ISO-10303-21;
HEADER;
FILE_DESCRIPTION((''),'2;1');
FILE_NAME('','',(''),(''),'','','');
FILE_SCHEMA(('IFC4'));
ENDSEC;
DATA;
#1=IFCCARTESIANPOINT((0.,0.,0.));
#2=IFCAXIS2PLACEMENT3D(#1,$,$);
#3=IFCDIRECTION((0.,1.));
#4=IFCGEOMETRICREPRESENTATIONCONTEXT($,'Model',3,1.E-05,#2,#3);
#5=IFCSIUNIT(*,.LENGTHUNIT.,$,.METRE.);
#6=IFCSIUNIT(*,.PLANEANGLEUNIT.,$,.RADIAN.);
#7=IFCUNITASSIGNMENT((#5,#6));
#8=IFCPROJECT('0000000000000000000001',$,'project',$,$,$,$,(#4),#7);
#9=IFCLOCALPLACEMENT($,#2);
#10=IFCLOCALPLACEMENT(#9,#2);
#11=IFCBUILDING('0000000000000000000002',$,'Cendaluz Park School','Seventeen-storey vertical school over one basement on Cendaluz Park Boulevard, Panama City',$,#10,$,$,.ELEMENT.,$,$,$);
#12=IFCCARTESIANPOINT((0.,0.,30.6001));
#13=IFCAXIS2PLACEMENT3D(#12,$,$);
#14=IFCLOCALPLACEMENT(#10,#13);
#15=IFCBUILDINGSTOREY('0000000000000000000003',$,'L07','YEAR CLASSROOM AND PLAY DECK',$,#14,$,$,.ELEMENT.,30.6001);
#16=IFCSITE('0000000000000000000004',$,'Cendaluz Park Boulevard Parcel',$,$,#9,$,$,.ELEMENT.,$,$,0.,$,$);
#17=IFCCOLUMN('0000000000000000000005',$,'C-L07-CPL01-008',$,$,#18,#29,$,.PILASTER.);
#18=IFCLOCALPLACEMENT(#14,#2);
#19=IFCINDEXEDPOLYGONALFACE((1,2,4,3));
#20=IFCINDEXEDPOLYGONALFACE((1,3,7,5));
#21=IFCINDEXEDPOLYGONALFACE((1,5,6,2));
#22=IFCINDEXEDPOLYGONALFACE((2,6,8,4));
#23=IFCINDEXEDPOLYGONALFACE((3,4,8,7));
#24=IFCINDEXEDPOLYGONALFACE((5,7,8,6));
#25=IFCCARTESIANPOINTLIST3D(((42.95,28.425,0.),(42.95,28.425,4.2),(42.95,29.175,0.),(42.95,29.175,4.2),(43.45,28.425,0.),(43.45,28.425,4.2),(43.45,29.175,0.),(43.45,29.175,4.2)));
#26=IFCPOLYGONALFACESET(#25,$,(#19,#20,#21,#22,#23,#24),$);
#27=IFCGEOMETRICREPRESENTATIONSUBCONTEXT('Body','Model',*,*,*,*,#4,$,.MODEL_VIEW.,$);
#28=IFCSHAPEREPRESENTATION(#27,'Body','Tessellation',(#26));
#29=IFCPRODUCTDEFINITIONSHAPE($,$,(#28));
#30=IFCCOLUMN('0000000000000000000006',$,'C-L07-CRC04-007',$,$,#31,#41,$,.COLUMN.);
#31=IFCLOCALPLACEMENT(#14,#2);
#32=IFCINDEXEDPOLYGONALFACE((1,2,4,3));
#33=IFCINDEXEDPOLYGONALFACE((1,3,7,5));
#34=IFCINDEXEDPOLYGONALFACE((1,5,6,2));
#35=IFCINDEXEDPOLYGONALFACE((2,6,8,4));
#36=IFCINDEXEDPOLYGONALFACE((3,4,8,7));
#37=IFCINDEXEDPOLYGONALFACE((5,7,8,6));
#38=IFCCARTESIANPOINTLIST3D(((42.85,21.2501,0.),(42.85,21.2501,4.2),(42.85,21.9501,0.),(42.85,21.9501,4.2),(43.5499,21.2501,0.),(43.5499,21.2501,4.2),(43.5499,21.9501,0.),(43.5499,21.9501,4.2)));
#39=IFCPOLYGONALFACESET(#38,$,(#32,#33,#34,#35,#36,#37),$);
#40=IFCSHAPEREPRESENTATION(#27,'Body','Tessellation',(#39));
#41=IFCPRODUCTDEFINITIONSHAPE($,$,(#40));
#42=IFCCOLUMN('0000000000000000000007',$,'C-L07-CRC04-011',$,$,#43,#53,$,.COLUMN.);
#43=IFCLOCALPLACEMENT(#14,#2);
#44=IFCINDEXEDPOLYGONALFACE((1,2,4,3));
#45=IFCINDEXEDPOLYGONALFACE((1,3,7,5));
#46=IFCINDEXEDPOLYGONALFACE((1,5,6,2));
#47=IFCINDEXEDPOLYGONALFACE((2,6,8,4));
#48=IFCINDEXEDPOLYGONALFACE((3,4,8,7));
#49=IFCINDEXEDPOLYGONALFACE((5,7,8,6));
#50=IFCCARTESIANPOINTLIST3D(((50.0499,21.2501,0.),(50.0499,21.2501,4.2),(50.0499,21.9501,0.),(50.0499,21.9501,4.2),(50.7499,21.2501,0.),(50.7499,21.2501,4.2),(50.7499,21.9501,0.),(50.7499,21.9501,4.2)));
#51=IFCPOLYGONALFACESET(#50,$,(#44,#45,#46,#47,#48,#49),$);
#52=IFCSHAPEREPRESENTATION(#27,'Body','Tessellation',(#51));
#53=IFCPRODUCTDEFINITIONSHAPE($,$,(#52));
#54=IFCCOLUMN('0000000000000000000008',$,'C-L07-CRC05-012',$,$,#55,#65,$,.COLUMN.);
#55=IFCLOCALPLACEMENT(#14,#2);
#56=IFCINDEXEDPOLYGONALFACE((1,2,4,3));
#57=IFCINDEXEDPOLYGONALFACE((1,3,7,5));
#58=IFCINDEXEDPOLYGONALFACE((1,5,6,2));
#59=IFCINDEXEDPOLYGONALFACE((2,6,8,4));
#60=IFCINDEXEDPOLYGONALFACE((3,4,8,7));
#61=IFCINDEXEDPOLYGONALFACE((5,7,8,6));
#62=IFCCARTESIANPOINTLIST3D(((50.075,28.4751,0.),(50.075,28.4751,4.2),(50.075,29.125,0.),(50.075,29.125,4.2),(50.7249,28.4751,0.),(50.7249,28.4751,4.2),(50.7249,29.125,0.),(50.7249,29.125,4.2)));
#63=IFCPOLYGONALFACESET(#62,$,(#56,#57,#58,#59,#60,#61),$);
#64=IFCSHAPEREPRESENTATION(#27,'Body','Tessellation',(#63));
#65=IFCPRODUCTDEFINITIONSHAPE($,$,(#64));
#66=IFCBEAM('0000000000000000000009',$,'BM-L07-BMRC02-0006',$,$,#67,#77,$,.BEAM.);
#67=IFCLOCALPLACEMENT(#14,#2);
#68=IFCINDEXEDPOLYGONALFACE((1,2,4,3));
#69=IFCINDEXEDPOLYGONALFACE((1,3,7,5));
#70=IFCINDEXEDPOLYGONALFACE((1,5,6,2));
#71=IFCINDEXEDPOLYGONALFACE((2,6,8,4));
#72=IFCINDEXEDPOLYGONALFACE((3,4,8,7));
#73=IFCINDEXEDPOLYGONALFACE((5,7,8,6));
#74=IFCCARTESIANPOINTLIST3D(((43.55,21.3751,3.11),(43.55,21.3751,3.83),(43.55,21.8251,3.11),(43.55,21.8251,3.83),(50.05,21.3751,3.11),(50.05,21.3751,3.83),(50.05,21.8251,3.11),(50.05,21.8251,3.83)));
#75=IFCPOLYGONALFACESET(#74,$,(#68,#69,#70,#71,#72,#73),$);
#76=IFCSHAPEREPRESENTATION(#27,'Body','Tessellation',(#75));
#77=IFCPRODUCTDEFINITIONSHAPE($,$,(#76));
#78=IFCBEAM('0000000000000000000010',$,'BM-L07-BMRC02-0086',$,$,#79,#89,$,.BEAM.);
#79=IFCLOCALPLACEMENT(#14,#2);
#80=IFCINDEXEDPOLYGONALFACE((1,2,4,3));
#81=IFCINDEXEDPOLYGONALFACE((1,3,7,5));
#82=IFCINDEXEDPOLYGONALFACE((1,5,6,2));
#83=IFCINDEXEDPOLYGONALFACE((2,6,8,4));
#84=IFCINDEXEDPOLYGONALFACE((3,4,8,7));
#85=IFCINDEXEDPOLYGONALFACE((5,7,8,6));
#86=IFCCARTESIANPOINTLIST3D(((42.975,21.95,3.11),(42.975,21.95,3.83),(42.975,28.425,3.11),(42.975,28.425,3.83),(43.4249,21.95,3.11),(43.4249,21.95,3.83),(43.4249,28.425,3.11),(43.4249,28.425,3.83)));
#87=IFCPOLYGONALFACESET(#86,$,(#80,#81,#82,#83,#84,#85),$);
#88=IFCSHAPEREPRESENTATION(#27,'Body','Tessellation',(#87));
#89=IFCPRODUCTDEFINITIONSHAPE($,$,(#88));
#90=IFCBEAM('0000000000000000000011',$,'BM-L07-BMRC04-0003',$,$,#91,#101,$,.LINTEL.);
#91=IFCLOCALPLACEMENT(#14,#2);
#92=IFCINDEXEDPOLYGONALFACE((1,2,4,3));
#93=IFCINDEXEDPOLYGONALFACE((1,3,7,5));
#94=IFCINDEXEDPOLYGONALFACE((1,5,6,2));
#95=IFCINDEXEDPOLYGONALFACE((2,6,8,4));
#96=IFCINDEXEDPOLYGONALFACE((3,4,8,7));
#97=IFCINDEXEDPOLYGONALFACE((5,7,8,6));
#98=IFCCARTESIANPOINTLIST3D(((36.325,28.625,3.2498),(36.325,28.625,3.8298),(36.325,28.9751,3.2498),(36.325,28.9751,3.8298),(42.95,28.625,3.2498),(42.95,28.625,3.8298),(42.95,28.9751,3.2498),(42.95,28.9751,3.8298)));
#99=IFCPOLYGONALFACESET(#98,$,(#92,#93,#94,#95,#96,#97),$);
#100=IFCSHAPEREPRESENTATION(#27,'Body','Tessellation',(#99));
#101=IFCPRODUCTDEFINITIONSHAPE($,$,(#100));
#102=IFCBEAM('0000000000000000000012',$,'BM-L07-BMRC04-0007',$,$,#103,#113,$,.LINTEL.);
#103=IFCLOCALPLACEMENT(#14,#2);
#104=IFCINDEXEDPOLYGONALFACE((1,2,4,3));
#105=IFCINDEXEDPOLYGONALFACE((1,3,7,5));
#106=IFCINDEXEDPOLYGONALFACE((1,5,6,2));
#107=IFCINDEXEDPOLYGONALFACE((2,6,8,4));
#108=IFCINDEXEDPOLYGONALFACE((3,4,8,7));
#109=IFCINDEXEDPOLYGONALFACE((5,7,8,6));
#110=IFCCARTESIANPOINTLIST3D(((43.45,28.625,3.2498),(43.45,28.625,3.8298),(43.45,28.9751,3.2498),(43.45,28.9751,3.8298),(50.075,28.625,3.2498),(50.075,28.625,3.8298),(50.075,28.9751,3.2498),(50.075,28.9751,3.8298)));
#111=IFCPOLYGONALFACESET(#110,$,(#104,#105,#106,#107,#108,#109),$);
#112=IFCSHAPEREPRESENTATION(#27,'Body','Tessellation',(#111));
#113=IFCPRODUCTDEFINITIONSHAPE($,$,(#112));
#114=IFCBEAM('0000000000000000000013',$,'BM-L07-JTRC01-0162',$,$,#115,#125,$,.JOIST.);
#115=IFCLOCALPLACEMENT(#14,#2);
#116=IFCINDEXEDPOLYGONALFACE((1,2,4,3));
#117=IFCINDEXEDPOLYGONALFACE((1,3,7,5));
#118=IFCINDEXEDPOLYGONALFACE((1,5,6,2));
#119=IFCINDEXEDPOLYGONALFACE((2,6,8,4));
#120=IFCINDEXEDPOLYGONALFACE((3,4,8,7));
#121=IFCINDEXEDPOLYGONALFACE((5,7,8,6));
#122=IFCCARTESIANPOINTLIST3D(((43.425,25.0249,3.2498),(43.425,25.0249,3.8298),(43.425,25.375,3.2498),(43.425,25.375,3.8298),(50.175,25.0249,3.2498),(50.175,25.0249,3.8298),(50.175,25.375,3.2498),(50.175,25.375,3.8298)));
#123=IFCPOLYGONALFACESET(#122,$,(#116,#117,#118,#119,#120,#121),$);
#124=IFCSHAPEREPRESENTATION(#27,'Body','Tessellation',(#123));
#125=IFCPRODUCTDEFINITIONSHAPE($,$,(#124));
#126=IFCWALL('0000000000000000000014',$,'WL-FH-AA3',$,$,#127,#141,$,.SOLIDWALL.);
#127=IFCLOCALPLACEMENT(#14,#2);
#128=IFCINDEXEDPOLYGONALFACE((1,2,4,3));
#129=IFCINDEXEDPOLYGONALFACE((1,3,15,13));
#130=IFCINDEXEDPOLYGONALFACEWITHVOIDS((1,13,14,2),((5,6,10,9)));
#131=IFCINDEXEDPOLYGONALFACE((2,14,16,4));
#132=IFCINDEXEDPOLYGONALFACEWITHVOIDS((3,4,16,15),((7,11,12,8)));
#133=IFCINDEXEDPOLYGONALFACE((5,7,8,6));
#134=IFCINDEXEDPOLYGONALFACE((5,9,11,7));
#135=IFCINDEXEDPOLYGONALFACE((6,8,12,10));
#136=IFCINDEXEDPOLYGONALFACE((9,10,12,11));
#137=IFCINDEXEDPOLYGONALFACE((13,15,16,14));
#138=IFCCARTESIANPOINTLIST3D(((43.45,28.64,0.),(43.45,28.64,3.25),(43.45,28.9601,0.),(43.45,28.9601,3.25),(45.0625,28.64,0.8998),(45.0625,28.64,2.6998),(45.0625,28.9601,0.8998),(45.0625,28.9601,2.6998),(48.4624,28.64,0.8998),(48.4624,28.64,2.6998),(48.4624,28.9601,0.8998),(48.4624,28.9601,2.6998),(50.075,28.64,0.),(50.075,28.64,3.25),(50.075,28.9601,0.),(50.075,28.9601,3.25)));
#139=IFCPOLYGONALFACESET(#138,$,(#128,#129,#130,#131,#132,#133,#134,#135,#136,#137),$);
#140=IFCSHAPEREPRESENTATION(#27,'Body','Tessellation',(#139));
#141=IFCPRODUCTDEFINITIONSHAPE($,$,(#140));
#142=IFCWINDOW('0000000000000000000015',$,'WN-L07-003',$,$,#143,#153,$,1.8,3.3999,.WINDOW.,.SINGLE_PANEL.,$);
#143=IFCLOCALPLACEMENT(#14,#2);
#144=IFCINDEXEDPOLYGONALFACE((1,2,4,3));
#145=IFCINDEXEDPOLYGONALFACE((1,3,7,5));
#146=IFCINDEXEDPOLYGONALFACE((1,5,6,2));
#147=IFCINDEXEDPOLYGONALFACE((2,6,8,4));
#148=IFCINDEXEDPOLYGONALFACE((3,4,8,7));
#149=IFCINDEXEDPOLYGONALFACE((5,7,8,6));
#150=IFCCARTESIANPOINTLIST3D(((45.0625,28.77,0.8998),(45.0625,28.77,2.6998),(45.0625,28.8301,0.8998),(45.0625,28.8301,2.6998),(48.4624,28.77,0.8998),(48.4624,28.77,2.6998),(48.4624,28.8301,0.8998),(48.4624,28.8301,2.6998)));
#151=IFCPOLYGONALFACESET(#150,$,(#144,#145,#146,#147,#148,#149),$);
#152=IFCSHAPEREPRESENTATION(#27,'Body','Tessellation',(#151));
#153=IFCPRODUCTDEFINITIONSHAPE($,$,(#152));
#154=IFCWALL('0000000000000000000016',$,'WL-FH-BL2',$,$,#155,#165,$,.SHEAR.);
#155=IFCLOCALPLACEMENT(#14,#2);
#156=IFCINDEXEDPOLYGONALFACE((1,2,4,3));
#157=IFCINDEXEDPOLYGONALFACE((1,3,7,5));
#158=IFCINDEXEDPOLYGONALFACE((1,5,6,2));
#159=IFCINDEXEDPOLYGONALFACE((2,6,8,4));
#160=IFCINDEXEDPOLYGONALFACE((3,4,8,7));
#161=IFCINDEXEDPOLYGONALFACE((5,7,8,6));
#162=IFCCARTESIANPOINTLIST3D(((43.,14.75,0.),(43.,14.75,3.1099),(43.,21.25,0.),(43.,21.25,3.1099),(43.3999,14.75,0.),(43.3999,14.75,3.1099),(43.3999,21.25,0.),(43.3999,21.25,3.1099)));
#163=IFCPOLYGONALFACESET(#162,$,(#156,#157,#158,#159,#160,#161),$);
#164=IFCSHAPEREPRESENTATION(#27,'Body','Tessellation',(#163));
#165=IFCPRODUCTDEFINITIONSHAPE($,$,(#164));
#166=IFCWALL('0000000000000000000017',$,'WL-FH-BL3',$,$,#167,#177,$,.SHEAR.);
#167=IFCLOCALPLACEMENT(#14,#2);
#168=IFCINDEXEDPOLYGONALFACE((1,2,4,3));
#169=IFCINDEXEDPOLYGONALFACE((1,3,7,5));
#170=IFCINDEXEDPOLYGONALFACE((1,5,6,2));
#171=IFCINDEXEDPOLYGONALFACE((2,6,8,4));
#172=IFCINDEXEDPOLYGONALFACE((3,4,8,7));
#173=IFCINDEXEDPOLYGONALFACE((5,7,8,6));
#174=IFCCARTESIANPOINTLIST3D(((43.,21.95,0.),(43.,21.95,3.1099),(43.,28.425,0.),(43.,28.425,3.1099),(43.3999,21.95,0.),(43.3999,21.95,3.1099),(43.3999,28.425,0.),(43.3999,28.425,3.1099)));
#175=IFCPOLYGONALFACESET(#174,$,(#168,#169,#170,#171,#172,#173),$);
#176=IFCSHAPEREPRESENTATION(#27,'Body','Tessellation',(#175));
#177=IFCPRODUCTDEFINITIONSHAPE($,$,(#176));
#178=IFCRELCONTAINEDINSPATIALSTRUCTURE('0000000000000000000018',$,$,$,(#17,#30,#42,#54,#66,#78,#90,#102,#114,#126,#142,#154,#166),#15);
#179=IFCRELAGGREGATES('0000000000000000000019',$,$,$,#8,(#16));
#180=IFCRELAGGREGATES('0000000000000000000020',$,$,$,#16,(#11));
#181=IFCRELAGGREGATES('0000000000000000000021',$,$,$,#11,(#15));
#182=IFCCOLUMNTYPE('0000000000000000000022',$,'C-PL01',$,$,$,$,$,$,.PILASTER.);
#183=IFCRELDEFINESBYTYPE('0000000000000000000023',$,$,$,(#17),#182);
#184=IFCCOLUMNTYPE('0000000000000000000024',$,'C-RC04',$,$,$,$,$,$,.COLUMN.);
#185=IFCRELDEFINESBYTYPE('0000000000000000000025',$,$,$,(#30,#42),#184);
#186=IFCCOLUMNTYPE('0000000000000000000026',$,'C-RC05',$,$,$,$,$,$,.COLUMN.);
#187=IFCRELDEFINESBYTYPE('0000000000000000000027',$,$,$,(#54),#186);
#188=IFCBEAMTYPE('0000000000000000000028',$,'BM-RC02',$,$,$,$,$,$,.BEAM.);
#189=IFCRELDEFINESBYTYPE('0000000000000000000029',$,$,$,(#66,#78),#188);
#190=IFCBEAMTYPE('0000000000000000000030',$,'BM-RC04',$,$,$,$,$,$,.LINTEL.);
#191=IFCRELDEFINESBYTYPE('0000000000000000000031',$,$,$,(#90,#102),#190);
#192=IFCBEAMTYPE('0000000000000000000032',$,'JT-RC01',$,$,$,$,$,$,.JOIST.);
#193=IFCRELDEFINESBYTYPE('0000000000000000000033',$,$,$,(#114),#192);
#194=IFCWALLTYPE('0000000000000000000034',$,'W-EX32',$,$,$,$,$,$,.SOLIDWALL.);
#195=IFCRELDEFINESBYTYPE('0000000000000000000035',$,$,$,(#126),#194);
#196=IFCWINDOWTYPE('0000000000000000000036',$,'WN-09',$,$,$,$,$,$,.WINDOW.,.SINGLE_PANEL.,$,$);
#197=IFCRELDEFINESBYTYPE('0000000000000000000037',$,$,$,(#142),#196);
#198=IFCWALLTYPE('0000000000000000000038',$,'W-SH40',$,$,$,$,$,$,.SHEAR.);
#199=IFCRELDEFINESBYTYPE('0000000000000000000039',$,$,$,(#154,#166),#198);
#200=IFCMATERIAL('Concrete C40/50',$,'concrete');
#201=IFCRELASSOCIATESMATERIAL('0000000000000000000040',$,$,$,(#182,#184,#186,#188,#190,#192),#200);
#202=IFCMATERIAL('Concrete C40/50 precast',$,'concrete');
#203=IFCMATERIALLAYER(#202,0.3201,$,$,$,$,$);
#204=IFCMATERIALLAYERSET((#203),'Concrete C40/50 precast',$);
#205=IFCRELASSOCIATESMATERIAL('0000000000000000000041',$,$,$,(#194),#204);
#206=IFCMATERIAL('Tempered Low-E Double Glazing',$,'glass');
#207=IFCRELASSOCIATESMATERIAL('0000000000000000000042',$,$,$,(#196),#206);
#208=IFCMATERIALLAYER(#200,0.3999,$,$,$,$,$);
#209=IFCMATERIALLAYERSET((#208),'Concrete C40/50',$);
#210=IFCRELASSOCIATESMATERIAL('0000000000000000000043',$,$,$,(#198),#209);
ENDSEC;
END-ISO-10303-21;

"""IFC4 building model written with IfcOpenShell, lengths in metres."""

from ifc_helpers import new_model, si_unit, direction, frame, frame_2d, origin, origin_2d, place, context, subcontext, project, spatial, rectangle, extrude, material, layer, layer_set, material_profile, profile_set, type_object, element, fill, save


model = new_model("IFC4")

# Units and contexts
model_context = context("Model", 3, precision=1e-05, world=origin(), true_north=direction((0.0, 1.0)))
body_context = subcontext(model_context, "Body", "Model", "MODEL_VIEW")
ifc_project = project(units=[si_unit("LENGTHUNIT", "METRE"), si_unit("PLANEANGLEUNIT", "RADIAN")], contexts=[model_context])

# Site, building, storey
site_placement = place(None, origin())
site = spatial("IfcSite", under=ifc_project, at=site_placement, Name="Cendaluz Park Boulevard Parcel", CompositionType="ELEMENT", RefElevation=0.0)
building_placement = place(site_placement, origin())
building = spatial("IfcBuilding", under=site, at=building_placement, Name="Cendaluz Park School", Description="Seventeen-storey vertical school over one basement on Cendaluz Park Boulevard, Panama City", CompositionType="ELEMENT")
storey_placement = place(building_placement, frame((0.0, 0.0, 30.6001)))
storey = spatial("IfcBuildingStorey", under=building, at=storey_placement, Name="L07", Description="YEAR CLASSROOM AND PLAY DECK", CompositionType="ELEMENT", Elevation=30.6001)

# Columns
ifc_material_1 = material(Name="Concrete C40/50", Category="concrete")
ifc_material_profile_1 = material_profile(ifc_material_1, rectangle(XDim=0.5, YDim=0.75, at=origin_2d()), Name="RC 500x750", Category="concrete")
ifc_profile_set_1 = profile_set([ifc_material_profile_1], Name="Concrete C40/50")
column_type_1 = type_object("IfcColumnType", Name="C-PL01", PredefinedType="PILASTER", material=ifc_profile_set_1)
column_1_placement = place(storey_placement, frame((43.2, 28.8, 0.0), z_axis=(0.0, 0.0, 1.0), x_axis=(1.0, 0.0, 0.0)))
element("IfcColumn", 1, at=column_1_placement, inside=storey, type_object=column_type_1, Name="C-L07-CPL01-008", PredefinedType="PILASTER", context=body_context, shape_type="SweptSolid", body=[
    extrude(rectangle(XDim=0.5, YDim=0.75, at=origin_2d()), origin(), (0.0, 0.0, 1.0), 4.2),
])
ifc_material_profile_2 = material_profile(ifc_material_1, rectangle(XDim=0.7, YDim=0.7, at=origin_2d()), Name="RC 700x700", Category="concrete")
ifc_profile_set_2 = profile_set([ifc_material_profile_2], Name="Concrete C40/50")
column_type_2 = type_object("IfcColumnType", Name="C-RC04", PredefinedType="COLUMN", material=ifc_profile_set_2)
for number, where, z_axis, x_axis, name in (
    (2, (43.2, 21.6001, 0.0), (0.0, 0.0, 1.0), (1.0, 0.0, 0.0), "C-L07-CRC04-007"),
    (3, (50.3999, 21.6001, 0.0), (0.0, 0.0, 1.0), (1.0, 0.0, 0.0), "C-L07-CRC04-011"),
):
    element("IfcColumn", number, at=place(storey_placement, frame(where, z_axis=z_axis, x_axis=x_axis)), inside=storey, type_object=column_type_2, Name=name, PredefinedType="COLUMN", context=body_context, shape_type="SweptSolid", body=[
        extrude(rectangle(XDim=0.7, YDim=0.7, at=origin_2d()), origin(), (0.0, 0.0, 1.0), 4.2),
    ])
ifc_material_profile_3 = material_profile(ifc_material_1, rectangle(XDim=0.6499, YDim=0.6499, at=origin_2d()), Name="RC 650x650", Category="concrete")
ifc_profile_set_3 = profile_set([ifc_material_profile_3], Name="Concrete C40/50")
column_type_3 = type_object("IfcColumnType", Name="C-RC05", PredefinedType="COLUMN", material=ifc_profile_set_3)
column_2_placement = place(storey_placement, frame((50.3999, 28.8, 0.0), z_axis=(0.0, 0.0, 1.0), x_axis=(1.0, 0.0, 0.0)))
element("IfcColumn", 4, at=column_2_placement, inside=storey, type_object=column_type_3, Name="C-L07-CRC05-012", PredefinedType="COLUMN", context=body_context, shape_type="SweptSolid", body=[
    extrude(rectangle(XDim=0.6499, YDim=0.6499, at=origin_2d()), origin(), (0.0, 0.0, 1.0), 4.2),
])

# Beams
ifc_material_profile_4 = material_profile(ifc_material_1, rectangle(XDim=0.45, YDim=0.72, at=origin_2d()), Name="RC 450x720", Category="concrete")
ifc_profile_set_4 = profile_set([ifc_material_profile_4], Name="Concrete C40/50")
beam_type_1 = type_object("IfcBeamType", Name="BM-RC02", PredefinedType="BEAM", material=ifc_profile_set_4)
beam_1_placement = place(storey_placement, frame((43.55, 21.6001, 3.47), z_axis=(1.0, 0.0, 0.0), x_axis=(0.0, 1.0, 0.0)))
element("IfcBeam", 5, at=beam_1_placement, inside=storey, type_object=beam_type_1, Name="BM-L07-BMRC02-0006", PredefinedType="BEAM", context=body_context, shape_type="SweptSolid", body=[
    extrude(rectangle(XDim=0.45, YDim=0.72, at=origin_2d()), origin(), (0.0, 0.0, 1.0), 6.5),
])
beam_2_placement = place(storey_placement, frame((43.2, 21.95, 3.47), z_axis=(0.0, 1.0, 0.0), x_axis=(-1.0, 0.0, 0.0)))
element("IfcBeam", 6, at=beam_2_placement, inside=storey, type_object=beam_type_1, Name="BM-L07-BMRC02-0086", PredefinedType="BEAM", context=body_context, shape_type="SweptSolid", body=[
    extrude(rectangle(XDim=0.45, YDim=0.72, at=origin_2d()), origin(), (0.0, 0.0, 1.0), 6.4751),
])
ifc_material_profile_5 = material_profile(ifc_material_1, rectangle(XDim=0.3501, YDim=0.5801, at=origin_2d()), Name="RC 350x580", Category="concrete")
ifc_profile_set_5 = profile_set([ifc_material_profile_5], Name="Concrete C40/50")
beam_type_2 = type_object("IfcBeamType", Name="BM-RC04", PredefinedType="LINTEL", material=ifc_profile_set_5)
for number, where, z_axis, x_axis, name in (
    (7, (36.325, 28.8, 3.5398), (1.0, 0.0, 0.0), (0.0, 1.0, 0.0), "BM-L07-BMRC04-0003"),
    (8, (43.45, 28.8, 3.5398), (1.0, 0.0, 0.0), (0.0, 1.0, 0.0), "BM-L07-BMRC04-0007"),
):
    element("IfcBeam", number, at=place(storey_placement, frame(where, z_axis=z_axis, x_axis=x_axis)), inside=storey, type_object=beam_type_2, Name=name, PredefinedType="LINTEL", context=body_context, shape_type="SweptSolid", body=[
        extrude(rectangle(XDim=0.3501, YDim=0.5801, at=origin_2d()), origin(), (0.0, 0.0, 1.0), 6.625),
    ])
ifc_material_profile_6 = material_profile(ifc_material_1, rectangle(XDim=0.3501, YDim=0.5801, at=origin_2d()), Name="RC 350x580", Category="concrete")
ifc_profile_set_6 = profile_set([ifc_material_profile_6], Name="Concrete C40/50")
beam_type_3 = type_object("IfcBeamType", Name="JT-RC01", PredefinedType="JOIST", material=ifc_profile_set_6)
beam_3_placement = place(storey_placement, frame((43.425, 25.2, 3.5398), z_axis=(1.0, 0.0, 0.0), x_axis=(0.0, 1.0, 0.0)))
element("IfcBeam", 9, at=beam_3_placement, inside=storey, type_object=beam_type_3, Name="BM-L07-JTRC01-0162", PredefinedType="JOIST", context=body_context, shape_type="SweptSolid", body=[
    extrude(rectangle(XDim=0.3501, YDim=0.5801, at=origin_2d()), origin(), (0.0, 0.0, 1.0), 6.75),
])

# Wall, opening, window
ifc_material_2 = material(Name="Concrete C40/50 precast", Category="concrete")
ifc_layer_1 = layer(ifc_material_2, 0.3201)
ifc_layer_set_1 = layer_set([ifc_layer_1], Name="Concrete C40/50 precast")
wall_type_1 = type_object("IfcWallType", Name="W-EX32", PredefinedType="SOLIDWALL", material=ifc_layer_set_1)
wall_1_placement = place(storey_placement, frame((43.45, 28.8, 0.0), z_axis=(0.0, 0.0, 1.0), x_axis=(1.0, 0.0, 0.0)))
wall_1 = element("IfcWall", 10, at=wall_1_placement, inside=storey, type_object=wall_type_1, Name="WL-FH-AA3", PredefinedType="SOLIDWALL", context=body_context, shape_type="SweptSolid", body=[
    extrude(rectangle(XDim=6.625, YDim=0.3201, at=frame_2d((3.3125, 0.0))), origin(), (0.0, 0.0, 1.0), 3.25),
])
opening_1_placement = place(wall_1_placement, frame((1.6125, 0.0, 0.8999)))
opening_1 = element("IfcOpeningElement", 11, at=opening_1_placement, cuts=wall_1, PredefinedType="OPENING", context=body_context, shape_type="SweptSolid", body=[
    extrude(rectangle(XDim=3.3999, YDim=1.8, at=frame_2d((1.7, 0.8999))), frame((0.0, 0.1721, 0.0), z_axis=(0.0, -1.0, 0.0), x_axis=(1.0, 0.0, 0.0)), (0.0, 0.0, 1.0), 0.344),
])
ifc_material_3 = material(Name="Tempered Low-E Double Glazing", Category="glass")
window_type = type_object("IfcWindowType", Name="WN-09", PartitioningType="SINGLE_PANEL", PredefinedType="WINDOW", material=ifc_material_3)
window_placement = place(opening_1_placement, origin())
window = element("IfcWindow", 12, at=window_placement, inside=storey, type_object=window_type, Name="WN-L07-003", OverallHeight=1.8, OverallWidth=3.3999, PartitioningType="SINGLE_PANEL", PredefinedType="WINDOW", context=body_context, shape_type="SweptSolid", body=[
    extrude(rectangle(XDim=3.3999, YDim=1.8, at=frame_2d((1.7, 0.8999))), frame((0.0, 0.03, 0.0), z_axis=(0.0, -1.0, 0.0), x_axis=(1.0, 0.0, 0.0)), (0.0, 0.0, 1.0), 0.0601),
])
fill(opening_1, window)

# Walls
ifc_layer_2 = layer(ifc_material_1, 0.3999)
ifc_layer_set_2 = layer_set([ifc_layer_2], Name="Concrete C40/50")
wall_type_2 = type_object("IfcWallType", Name="W-SH40", PredefinedType="SHEAR", material=ifc_layer_set_2)
wall_2_placement = place(storey_placement, frame((43.2, 14.75, 0.0), z_axis=(0.0, 0.0, 1.0), x_axis=(0.0, 1.0, 0.0)))
element("IfcWall", 13, at=wall_2_placement, inside=storey, type_object=wall_type_2, Name="WL-FH-BL2", PredefinedType="SHEAR", context=body_context, shape_type="SweptSolid", body=[
    extrude(rectangle(XDim=6.5, YDim=0.3999, at=frame_2d((3.25, 0.0))), origin(), (0.0, 0.0, 1.0), 3.1099),
])
wall_3_placement = place(storey_placement, frame((43.2, 21.95, 0.0), z_axis=(0.0, 0.0, 1.0), x_axis=(0.0, 1.0, 0.0)))
element("IfcWall", 14, at=wall_3_placement, inside=storey, type_object=wall_type_2, Name="WL-FH-BL3", PredefinedType="SHEAR", context=body_context, shape_type="SweptSolid", body=[
    extrude(rectangle(XDim=6.4751, YDim=0.3999, at=frame_2d((3.2375, 0.0))), origin(), (0.0, 0.0, 1.0), 3.1099),
])

save(model, "model.ifc")
